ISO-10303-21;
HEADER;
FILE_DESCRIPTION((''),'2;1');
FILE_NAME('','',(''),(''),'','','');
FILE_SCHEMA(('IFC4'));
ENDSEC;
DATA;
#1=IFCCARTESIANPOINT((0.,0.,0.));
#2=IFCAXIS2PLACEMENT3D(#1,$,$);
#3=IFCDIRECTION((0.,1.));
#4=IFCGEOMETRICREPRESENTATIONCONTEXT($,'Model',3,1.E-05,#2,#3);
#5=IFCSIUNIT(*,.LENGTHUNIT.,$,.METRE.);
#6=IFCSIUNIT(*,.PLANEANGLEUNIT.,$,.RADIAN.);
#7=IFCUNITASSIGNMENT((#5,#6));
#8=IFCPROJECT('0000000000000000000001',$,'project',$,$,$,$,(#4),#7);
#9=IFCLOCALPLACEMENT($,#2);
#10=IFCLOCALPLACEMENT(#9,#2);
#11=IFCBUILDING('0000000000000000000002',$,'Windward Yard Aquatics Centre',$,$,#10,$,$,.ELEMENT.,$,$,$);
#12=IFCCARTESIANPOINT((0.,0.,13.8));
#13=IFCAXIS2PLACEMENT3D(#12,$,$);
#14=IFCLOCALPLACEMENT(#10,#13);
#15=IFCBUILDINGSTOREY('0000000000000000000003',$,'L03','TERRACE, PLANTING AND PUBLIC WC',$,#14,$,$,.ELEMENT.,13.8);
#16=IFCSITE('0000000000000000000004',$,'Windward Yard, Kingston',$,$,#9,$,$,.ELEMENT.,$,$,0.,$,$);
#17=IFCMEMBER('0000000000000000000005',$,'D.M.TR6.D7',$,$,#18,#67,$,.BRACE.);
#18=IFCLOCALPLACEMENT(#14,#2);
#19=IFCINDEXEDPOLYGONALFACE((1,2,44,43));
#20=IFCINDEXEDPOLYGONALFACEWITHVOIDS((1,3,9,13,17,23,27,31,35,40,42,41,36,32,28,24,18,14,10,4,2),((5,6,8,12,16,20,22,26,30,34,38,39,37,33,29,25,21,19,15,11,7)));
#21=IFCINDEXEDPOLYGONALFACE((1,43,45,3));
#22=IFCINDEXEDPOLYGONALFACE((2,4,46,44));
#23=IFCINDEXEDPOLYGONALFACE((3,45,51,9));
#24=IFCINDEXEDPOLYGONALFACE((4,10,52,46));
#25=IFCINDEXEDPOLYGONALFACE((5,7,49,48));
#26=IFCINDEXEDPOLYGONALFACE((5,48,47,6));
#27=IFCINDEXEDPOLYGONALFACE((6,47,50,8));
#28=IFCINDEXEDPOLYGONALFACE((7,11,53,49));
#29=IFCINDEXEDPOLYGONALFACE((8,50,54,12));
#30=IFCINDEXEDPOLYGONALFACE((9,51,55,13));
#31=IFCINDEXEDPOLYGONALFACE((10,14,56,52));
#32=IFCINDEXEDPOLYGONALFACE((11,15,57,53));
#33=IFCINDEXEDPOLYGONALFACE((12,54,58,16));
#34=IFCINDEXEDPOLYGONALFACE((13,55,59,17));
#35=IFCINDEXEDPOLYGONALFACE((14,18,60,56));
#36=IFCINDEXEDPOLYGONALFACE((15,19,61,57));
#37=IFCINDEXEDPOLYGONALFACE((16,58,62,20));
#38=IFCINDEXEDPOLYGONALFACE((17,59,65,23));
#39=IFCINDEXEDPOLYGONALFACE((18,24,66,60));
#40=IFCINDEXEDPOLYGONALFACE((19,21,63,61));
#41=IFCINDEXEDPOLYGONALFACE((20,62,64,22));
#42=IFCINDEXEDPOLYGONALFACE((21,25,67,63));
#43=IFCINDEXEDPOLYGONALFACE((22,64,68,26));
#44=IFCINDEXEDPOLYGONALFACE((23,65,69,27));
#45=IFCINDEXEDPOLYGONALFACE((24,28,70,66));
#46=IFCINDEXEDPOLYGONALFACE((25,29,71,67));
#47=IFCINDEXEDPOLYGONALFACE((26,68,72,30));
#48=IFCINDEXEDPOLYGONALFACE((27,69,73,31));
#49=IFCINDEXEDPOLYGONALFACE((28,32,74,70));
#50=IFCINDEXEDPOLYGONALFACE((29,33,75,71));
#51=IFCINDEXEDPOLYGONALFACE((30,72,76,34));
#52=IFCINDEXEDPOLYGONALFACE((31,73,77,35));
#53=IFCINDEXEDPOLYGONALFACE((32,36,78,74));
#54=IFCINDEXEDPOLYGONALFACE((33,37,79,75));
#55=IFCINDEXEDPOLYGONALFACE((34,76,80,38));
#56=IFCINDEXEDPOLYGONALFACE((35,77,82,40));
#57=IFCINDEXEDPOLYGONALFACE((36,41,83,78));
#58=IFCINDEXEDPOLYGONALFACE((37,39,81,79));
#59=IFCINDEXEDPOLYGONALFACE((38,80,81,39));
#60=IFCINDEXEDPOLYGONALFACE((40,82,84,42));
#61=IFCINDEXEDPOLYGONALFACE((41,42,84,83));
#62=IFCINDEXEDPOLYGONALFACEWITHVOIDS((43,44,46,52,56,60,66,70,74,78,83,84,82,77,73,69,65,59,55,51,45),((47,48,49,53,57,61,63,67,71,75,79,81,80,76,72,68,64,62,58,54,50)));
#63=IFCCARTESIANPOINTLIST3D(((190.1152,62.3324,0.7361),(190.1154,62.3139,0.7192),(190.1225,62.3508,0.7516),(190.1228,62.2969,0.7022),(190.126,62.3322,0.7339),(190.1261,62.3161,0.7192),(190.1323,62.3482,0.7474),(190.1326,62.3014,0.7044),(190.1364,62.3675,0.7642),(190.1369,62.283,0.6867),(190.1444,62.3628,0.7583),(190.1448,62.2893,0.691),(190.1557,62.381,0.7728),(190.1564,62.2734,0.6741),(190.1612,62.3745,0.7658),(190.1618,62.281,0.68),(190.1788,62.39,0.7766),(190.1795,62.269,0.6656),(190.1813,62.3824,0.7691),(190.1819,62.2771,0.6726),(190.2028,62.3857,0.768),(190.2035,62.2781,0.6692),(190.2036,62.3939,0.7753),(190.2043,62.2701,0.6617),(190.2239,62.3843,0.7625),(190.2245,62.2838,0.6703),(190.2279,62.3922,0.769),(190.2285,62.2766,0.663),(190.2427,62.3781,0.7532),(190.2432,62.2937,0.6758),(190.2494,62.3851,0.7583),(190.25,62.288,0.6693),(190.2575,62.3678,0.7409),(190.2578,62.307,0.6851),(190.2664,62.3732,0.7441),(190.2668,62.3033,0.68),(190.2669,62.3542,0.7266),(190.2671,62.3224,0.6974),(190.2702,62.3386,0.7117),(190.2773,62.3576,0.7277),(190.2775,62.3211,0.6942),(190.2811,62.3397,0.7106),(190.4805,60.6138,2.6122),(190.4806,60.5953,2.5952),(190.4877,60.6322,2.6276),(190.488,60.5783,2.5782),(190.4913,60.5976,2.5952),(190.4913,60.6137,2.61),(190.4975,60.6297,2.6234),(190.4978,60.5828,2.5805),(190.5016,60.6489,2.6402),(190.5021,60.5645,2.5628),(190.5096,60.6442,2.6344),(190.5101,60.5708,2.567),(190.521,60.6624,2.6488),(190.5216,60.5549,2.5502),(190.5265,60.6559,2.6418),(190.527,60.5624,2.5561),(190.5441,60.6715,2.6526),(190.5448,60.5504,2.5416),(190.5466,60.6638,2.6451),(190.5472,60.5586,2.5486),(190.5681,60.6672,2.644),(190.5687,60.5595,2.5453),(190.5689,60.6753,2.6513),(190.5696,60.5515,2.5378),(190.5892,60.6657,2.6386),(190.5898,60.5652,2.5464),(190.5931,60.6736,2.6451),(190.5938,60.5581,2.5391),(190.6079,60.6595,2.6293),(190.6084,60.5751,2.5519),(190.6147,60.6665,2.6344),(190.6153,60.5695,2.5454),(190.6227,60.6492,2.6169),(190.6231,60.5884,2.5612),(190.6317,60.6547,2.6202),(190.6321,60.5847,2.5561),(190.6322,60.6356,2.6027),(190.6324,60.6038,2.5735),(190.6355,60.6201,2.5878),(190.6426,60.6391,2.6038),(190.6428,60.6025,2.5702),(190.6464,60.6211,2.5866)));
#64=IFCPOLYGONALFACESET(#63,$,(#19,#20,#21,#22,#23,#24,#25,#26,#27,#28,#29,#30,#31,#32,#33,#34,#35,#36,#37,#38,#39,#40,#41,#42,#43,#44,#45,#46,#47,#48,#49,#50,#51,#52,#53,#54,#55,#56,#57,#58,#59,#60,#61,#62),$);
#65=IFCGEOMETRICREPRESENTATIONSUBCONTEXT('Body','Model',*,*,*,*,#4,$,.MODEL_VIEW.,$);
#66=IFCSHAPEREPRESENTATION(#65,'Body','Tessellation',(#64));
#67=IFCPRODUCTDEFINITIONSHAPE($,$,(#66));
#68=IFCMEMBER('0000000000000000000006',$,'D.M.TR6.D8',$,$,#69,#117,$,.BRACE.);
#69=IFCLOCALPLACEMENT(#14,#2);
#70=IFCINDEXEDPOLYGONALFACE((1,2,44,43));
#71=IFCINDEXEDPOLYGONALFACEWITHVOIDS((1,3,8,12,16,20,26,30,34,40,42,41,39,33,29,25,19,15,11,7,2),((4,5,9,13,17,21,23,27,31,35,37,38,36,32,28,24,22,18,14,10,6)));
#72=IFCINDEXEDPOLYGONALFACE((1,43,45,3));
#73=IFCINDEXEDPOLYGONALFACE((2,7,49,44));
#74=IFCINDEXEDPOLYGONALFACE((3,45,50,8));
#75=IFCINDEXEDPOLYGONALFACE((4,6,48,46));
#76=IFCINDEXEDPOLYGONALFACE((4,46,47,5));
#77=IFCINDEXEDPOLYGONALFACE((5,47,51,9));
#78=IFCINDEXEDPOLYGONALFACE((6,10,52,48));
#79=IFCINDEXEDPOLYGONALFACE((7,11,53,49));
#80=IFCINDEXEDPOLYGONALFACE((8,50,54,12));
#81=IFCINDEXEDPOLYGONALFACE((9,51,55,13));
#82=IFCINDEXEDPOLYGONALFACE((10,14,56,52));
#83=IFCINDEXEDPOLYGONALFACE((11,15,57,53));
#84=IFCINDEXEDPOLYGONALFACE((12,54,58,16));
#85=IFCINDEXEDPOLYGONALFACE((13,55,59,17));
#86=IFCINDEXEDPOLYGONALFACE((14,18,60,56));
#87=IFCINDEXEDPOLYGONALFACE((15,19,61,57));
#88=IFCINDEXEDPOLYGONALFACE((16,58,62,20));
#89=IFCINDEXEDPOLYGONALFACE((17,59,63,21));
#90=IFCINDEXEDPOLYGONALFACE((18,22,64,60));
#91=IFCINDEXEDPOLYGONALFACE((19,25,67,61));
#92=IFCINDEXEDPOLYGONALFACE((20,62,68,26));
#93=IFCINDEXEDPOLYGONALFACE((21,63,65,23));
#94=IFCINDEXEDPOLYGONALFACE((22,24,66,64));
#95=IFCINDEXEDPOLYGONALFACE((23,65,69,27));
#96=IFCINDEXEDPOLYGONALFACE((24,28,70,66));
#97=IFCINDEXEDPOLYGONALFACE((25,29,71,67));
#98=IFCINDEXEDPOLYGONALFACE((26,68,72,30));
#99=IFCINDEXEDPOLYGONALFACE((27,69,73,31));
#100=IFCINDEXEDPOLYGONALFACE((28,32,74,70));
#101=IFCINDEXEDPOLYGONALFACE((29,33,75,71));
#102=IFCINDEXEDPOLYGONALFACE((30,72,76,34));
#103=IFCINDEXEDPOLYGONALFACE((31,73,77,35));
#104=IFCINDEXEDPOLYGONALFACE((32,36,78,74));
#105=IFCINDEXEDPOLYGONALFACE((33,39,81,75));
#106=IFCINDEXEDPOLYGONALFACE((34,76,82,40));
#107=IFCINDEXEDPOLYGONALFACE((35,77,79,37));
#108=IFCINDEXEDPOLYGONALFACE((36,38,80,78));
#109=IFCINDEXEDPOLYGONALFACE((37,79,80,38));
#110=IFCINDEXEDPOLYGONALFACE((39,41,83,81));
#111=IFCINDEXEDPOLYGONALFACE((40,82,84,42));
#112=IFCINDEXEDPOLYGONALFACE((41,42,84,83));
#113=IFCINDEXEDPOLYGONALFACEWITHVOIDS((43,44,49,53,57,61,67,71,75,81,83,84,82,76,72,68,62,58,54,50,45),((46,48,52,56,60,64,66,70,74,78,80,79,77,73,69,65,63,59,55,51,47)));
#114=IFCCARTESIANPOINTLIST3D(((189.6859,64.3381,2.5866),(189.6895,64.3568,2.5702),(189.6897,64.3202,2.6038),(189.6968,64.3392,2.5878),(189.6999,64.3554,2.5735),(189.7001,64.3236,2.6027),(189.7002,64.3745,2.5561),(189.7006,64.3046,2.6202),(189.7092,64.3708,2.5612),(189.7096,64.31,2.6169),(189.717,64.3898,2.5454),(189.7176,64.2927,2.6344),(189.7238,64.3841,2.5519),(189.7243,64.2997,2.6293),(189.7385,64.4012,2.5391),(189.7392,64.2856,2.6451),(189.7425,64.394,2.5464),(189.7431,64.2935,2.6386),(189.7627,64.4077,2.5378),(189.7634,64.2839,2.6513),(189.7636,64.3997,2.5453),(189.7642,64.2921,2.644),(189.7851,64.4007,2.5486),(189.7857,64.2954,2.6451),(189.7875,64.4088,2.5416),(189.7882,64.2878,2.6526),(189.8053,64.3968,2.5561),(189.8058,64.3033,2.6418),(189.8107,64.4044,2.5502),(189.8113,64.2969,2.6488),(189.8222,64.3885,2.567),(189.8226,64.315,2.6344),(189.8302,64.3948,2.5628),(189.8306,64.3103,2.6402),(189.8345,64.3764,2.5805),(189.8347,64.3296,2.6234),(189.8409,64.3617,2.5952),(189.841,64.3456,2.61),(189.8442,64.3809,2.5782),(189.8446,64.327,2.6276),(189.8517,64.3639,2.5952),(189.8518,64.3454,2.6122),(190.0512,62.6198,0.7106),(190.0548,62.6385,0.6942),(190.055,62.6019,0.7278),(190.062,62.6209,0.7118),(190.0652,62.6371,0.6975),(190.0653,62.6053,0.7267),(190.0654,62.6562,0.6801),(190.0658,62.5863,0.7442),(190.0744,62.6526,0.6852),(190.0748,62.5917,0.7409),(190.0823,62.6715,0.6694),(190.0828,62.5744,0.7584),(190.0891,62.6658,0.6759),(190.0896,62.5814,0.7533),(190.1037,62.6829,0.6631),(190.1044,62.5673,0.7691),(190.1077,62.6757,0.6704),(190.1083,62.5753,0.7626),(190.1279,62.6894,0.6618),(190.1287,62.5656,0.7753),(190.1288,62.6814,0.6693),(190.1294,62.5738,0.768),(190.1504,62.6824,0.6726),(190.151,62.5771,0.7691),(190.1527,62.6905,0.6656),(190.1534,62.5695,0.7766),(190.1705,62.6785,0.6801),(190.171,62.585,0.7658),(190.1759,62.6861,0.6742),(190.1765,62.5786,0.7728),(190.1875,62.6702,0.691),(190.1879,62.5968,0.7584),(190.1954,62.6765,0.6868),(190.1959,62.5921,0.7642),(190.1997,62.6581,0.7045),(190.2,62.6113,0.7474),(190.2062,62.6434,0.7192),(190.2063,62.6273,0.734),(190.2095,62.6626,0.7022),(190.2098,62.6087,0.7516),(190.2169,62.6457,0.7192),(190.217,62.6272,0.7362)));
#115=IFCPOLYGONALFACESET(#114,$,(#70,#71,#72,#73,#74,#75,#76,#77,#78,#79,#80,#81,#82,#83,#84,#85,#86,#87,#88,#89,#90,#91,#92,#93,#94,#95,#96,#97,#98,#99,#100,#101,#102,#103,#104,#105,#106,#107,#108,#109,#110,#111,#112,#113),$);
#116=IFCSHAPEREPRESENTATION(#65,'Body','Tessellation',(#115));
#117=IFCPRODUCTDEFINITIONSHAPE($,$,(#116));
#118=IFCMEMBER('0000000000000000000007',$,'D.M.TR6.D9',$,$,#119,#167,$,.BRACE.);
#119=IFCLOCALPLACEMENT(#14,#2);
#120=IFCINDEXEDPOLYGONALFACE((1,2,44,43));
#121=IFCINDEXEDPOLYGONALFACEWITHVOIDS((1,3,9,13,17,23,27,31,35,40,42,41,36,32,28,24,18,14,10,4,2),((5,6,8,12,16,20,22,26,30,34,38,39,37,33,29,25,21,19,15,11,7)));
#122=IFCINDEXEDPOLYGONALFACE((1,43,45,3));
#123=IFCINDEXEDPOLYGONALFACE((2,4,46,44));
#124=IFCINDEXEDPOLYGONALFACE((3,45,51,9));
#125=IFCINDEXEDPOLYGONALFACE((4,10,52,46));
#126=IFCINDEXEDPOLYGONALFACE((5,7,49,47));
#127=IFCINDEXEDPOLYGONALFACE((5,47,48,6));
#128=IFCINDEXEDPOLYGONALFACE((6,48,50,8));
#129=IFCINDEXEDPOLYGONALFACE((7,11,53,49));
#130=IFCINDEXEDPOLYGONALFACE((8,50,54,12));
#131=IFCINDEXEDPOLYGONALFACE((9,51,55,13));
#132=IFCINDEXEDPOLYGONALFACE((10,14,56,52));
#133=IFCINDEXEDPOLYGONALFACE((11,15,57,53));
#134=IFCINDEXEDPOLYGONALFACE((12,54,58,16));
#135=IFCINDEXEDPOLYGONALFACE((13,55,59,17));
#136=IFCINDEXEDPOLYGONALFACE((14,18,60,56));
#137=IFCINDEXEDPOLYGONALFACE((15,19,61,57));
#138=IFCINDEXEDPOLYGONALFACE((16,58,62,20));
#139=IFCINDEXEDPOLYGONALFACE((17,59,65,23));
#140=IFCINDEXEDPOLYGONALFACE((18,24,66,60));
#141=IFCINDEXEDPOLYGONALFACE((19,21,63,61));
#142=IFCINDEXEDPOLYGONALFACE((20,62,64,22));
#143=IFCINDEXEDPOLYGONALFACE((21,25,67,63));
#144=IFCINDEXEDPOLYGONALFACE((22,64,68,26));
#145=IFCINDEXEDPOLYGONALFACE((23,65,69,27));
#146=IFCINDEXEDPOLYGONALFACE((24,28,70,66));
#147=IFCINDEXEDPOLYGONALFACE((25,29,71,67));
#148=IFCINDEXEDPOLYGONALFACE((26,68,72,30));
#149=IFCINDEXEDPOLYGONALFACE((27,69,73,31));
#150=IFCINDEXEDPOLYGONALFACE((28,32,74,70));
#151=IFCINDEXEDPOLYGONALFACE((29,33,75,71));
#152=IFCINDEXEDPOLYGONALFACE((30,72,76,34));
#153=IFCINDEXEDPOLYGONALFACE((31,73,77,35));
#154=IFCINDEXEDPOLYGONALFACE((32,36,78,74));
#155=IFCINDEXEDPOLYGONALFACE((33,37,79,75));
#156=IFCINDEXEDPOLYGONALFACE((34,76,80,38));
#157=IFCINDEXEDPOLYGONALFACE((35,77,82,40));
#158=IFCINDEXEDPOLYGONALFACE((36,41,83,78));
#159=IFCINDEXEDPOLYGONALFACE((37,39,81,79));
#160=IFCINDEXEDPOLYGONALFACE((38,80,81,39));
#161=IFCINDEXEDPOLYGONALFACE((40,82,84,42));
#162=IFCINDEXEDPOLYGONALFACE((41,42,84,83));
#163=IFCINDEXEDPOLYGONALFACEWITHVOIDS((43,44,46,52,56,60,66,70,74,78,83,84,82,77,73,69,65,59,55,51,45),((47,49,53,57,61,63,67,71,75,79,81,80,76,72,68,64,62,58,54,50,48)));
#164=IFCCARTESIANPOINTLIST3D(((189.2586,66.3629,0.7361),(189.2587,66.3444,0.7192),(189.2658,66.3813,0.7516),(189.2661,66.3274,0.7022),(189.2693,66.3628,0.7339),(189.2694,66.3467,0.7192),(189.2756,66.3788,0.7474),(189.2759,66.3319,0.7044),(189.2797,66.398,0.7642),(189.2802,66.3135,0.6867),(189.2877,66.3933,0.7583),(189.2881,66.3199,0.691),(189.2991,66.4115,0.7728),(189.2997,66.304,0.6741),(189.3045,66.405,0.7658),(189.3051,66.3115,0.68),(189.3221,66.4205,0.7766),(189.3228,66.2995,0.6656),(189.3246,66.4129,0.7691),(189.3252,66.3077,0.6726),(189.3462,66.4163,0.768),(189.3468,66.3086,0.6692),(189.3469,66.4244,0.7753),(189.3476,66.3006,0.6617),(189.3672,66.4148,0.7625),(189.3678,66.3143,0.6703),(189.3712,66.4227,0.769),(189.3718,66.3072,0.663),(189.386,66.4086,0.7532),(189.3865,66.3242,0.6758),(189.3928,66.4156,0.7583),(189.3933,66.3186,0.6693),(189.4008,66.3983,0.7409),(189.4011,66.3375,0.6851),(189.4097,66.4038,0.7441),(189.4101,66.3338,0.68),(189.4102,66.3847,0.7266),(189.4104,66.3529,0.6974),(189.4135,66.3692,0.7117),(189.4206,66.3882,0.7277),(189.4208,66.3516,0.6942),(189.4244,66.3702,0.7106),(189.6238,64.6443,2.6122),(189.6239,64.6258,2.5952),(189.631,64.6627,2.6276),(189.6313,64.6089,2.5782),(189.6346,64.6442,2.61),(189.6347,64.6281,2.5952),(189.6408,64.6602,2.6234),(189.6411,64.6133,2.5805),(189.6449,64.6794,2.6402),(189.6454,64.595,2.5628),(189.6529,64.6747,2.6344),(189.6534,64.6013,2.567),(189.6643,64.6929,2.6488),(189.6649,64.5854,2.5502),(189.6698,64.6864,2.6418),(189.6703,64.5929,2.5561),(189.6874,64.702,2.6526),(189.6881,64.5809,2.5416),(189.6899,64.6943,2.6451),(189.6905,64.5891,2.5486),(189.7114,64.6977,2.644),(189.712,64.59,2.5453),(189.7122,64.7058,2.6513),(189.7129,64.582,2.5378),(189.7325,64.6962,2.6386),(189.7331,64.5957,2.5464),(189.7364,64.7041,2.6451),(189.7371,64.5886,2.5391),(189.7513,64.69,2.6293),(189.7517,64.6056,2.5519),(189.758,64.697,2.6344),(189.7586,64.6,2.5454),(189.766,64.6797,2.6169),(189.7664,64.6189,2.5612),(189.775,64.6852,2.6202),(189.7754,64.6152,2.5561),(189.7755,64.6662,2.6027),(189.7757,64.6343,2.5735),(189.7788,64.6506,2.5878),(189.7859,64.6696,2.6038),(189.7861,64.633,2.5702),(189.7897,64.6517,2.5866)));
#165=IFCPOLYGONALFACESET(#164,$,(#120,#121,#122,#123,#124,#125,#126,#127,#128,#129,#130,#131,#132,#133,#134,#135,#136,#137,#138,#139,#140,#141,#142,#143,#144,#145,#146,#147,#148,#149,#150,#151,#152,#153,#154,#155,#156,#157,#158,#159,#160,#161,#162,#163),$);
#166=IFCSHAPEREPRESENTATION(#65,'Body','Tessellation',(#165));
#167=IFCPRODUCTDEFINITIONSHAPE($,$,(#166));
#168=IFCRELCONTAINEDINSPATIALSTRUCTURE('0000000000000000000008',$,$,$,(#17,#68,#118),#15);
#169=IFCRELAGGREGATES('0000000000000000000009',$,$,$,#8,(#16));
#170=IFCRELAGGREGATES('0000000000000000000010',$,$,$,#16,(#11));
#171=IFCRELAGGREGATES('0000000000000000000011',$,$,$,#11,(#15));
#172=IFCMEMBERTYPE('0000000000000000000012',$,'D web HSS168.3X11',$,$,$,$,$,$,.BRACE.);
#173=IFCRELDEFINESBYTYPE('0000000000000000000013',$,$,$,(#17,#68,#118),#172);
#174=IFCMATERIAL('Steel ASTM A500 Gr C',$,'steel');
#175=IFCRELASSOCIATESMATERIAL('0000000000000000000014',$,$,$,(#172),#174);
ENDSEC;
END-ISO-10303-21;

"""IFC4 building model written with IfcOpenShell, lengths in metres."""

from ifc_helpers import new_model, si_unit, direction, frame, origin, origin_2d, place, context, subcontext, project, spatial, hollow_circle, extrude, material, material_profile, profile_set, type_object, element, save


model = new_model("IFC4")

# Units and contexts
model_context = context("Model", 3, precision=1e-05, world=origin(), true_north=direction((0.0, 1.0)))
body_context = subcontext(model_context, "Body", "Model", "MODEL_VIEW")
ifc_project = project(units=[si_unit("LENGTHUNIT", "METRE"), si_unit("PLANEANGLEUNIT", "RADIAN")], contexts=[model_context])

# Site, building, storey
site_placement = place(None, origin())
site = spatial("IfcSite", under=ifc_project, at=site_placement, Name="Windward Yard, Kingston", CompositionType="ELEMENT", RefElevation=0.0)
building_placement = place(site_placement, origin())
building = spatial("IfcBuilding", under=site, at=building_placement, Name="Windward Yard Aquatics Centre", CompositionType="ELEMENT")
storey_placement = place(building_placement, frame((0.0, 0.0, 13.8)))
storey = spatial("IfcBuildingStorey", under=building, at=storey_placement, Name="L03", Description="TERRACE, PLANTING AND PUBLIC WC", CompositionType="ELEMENT", Elevation=13.8)

# Members
ifc_material_1 = material(Name="Steel ASTM A500 Gr C", Category="steel")
ifc_material_profile_1 = material_profile(ifc_material_1, hollow_circle(Radius=0.0842, WallThickness=0.011, at=origin_2d()), Name="HSS168.3X11")
ifc_profile_set_1 = profile_set([ifc_material_profile_1], Name="Steel ASTM A500 Gr C")
member_type_1 = type_object("IfcMemberType", Name="D web HSS168.3X11", PredefinedType="BRACE", material=ifc_profile_set_1)
member_1_placement = place(storey_placement, frame((190.563, 60.6128, 2.5952), z_axis=(-0.142103, 0.668626, -0.729894), x_axis=(-0.978153, -0.207887, 0.0)))
element("IfcMember", 1, at=member_1_placement, inside=storey, type_object=member_type_1, Name="D.M.TR6.D7", PredefinedType="BRACE", context=body_context, shape_type="SweptSolid", body=[
    extrude(hollow_circle(Radius=0.0842, WallThickness=0.011, at=origin_2d()), origin(), (0.0, 0.0, 1.0), 2.5703),
])
member_2_placement = place(storey_placement, frame((189.7693, 64.3464, 2.5952), z_axis=(0.142112, -0.668574, -0.729941), x_axis=(0.978147, 0.207915, 0.0)))
element("IfcMember", 2, at=member_2_placement, inside=storey, type_object=member_type_1, Name="D.M.TR6.D8", PredefinedType="BRACE", context=body_context, shape_type="SweptSolid", body=[
    extrude(hollow_circle(Radius=0.0842, WallThickness=0.011, at=origin_2d()), origin(), (0.0, 0.0, 1.0), 2.5701),
])
member_3_placement = place(storey_placement, frame((189.7063, 64.6433, 2.5952), z_axis=(-0.142103, 0.668626, -0.729894), x_axis=(-0.978153, -0.207887, 0.0)))
element("IfcMember", 3, at=member_3_placement, inside=storey, type_object=member_type_1, Name="D.M.TR6.D9", PredefinedType="BRACE", context=body_context, shape_type="SweptSolid", body=[
    extrude(hollow_circle(Radius=0.0842, WallThickness=0.011, at=origin_2d()), origin(), (0.0, 0.0, 1.0), 2.5703),
])

save(model, "model.ifc")
